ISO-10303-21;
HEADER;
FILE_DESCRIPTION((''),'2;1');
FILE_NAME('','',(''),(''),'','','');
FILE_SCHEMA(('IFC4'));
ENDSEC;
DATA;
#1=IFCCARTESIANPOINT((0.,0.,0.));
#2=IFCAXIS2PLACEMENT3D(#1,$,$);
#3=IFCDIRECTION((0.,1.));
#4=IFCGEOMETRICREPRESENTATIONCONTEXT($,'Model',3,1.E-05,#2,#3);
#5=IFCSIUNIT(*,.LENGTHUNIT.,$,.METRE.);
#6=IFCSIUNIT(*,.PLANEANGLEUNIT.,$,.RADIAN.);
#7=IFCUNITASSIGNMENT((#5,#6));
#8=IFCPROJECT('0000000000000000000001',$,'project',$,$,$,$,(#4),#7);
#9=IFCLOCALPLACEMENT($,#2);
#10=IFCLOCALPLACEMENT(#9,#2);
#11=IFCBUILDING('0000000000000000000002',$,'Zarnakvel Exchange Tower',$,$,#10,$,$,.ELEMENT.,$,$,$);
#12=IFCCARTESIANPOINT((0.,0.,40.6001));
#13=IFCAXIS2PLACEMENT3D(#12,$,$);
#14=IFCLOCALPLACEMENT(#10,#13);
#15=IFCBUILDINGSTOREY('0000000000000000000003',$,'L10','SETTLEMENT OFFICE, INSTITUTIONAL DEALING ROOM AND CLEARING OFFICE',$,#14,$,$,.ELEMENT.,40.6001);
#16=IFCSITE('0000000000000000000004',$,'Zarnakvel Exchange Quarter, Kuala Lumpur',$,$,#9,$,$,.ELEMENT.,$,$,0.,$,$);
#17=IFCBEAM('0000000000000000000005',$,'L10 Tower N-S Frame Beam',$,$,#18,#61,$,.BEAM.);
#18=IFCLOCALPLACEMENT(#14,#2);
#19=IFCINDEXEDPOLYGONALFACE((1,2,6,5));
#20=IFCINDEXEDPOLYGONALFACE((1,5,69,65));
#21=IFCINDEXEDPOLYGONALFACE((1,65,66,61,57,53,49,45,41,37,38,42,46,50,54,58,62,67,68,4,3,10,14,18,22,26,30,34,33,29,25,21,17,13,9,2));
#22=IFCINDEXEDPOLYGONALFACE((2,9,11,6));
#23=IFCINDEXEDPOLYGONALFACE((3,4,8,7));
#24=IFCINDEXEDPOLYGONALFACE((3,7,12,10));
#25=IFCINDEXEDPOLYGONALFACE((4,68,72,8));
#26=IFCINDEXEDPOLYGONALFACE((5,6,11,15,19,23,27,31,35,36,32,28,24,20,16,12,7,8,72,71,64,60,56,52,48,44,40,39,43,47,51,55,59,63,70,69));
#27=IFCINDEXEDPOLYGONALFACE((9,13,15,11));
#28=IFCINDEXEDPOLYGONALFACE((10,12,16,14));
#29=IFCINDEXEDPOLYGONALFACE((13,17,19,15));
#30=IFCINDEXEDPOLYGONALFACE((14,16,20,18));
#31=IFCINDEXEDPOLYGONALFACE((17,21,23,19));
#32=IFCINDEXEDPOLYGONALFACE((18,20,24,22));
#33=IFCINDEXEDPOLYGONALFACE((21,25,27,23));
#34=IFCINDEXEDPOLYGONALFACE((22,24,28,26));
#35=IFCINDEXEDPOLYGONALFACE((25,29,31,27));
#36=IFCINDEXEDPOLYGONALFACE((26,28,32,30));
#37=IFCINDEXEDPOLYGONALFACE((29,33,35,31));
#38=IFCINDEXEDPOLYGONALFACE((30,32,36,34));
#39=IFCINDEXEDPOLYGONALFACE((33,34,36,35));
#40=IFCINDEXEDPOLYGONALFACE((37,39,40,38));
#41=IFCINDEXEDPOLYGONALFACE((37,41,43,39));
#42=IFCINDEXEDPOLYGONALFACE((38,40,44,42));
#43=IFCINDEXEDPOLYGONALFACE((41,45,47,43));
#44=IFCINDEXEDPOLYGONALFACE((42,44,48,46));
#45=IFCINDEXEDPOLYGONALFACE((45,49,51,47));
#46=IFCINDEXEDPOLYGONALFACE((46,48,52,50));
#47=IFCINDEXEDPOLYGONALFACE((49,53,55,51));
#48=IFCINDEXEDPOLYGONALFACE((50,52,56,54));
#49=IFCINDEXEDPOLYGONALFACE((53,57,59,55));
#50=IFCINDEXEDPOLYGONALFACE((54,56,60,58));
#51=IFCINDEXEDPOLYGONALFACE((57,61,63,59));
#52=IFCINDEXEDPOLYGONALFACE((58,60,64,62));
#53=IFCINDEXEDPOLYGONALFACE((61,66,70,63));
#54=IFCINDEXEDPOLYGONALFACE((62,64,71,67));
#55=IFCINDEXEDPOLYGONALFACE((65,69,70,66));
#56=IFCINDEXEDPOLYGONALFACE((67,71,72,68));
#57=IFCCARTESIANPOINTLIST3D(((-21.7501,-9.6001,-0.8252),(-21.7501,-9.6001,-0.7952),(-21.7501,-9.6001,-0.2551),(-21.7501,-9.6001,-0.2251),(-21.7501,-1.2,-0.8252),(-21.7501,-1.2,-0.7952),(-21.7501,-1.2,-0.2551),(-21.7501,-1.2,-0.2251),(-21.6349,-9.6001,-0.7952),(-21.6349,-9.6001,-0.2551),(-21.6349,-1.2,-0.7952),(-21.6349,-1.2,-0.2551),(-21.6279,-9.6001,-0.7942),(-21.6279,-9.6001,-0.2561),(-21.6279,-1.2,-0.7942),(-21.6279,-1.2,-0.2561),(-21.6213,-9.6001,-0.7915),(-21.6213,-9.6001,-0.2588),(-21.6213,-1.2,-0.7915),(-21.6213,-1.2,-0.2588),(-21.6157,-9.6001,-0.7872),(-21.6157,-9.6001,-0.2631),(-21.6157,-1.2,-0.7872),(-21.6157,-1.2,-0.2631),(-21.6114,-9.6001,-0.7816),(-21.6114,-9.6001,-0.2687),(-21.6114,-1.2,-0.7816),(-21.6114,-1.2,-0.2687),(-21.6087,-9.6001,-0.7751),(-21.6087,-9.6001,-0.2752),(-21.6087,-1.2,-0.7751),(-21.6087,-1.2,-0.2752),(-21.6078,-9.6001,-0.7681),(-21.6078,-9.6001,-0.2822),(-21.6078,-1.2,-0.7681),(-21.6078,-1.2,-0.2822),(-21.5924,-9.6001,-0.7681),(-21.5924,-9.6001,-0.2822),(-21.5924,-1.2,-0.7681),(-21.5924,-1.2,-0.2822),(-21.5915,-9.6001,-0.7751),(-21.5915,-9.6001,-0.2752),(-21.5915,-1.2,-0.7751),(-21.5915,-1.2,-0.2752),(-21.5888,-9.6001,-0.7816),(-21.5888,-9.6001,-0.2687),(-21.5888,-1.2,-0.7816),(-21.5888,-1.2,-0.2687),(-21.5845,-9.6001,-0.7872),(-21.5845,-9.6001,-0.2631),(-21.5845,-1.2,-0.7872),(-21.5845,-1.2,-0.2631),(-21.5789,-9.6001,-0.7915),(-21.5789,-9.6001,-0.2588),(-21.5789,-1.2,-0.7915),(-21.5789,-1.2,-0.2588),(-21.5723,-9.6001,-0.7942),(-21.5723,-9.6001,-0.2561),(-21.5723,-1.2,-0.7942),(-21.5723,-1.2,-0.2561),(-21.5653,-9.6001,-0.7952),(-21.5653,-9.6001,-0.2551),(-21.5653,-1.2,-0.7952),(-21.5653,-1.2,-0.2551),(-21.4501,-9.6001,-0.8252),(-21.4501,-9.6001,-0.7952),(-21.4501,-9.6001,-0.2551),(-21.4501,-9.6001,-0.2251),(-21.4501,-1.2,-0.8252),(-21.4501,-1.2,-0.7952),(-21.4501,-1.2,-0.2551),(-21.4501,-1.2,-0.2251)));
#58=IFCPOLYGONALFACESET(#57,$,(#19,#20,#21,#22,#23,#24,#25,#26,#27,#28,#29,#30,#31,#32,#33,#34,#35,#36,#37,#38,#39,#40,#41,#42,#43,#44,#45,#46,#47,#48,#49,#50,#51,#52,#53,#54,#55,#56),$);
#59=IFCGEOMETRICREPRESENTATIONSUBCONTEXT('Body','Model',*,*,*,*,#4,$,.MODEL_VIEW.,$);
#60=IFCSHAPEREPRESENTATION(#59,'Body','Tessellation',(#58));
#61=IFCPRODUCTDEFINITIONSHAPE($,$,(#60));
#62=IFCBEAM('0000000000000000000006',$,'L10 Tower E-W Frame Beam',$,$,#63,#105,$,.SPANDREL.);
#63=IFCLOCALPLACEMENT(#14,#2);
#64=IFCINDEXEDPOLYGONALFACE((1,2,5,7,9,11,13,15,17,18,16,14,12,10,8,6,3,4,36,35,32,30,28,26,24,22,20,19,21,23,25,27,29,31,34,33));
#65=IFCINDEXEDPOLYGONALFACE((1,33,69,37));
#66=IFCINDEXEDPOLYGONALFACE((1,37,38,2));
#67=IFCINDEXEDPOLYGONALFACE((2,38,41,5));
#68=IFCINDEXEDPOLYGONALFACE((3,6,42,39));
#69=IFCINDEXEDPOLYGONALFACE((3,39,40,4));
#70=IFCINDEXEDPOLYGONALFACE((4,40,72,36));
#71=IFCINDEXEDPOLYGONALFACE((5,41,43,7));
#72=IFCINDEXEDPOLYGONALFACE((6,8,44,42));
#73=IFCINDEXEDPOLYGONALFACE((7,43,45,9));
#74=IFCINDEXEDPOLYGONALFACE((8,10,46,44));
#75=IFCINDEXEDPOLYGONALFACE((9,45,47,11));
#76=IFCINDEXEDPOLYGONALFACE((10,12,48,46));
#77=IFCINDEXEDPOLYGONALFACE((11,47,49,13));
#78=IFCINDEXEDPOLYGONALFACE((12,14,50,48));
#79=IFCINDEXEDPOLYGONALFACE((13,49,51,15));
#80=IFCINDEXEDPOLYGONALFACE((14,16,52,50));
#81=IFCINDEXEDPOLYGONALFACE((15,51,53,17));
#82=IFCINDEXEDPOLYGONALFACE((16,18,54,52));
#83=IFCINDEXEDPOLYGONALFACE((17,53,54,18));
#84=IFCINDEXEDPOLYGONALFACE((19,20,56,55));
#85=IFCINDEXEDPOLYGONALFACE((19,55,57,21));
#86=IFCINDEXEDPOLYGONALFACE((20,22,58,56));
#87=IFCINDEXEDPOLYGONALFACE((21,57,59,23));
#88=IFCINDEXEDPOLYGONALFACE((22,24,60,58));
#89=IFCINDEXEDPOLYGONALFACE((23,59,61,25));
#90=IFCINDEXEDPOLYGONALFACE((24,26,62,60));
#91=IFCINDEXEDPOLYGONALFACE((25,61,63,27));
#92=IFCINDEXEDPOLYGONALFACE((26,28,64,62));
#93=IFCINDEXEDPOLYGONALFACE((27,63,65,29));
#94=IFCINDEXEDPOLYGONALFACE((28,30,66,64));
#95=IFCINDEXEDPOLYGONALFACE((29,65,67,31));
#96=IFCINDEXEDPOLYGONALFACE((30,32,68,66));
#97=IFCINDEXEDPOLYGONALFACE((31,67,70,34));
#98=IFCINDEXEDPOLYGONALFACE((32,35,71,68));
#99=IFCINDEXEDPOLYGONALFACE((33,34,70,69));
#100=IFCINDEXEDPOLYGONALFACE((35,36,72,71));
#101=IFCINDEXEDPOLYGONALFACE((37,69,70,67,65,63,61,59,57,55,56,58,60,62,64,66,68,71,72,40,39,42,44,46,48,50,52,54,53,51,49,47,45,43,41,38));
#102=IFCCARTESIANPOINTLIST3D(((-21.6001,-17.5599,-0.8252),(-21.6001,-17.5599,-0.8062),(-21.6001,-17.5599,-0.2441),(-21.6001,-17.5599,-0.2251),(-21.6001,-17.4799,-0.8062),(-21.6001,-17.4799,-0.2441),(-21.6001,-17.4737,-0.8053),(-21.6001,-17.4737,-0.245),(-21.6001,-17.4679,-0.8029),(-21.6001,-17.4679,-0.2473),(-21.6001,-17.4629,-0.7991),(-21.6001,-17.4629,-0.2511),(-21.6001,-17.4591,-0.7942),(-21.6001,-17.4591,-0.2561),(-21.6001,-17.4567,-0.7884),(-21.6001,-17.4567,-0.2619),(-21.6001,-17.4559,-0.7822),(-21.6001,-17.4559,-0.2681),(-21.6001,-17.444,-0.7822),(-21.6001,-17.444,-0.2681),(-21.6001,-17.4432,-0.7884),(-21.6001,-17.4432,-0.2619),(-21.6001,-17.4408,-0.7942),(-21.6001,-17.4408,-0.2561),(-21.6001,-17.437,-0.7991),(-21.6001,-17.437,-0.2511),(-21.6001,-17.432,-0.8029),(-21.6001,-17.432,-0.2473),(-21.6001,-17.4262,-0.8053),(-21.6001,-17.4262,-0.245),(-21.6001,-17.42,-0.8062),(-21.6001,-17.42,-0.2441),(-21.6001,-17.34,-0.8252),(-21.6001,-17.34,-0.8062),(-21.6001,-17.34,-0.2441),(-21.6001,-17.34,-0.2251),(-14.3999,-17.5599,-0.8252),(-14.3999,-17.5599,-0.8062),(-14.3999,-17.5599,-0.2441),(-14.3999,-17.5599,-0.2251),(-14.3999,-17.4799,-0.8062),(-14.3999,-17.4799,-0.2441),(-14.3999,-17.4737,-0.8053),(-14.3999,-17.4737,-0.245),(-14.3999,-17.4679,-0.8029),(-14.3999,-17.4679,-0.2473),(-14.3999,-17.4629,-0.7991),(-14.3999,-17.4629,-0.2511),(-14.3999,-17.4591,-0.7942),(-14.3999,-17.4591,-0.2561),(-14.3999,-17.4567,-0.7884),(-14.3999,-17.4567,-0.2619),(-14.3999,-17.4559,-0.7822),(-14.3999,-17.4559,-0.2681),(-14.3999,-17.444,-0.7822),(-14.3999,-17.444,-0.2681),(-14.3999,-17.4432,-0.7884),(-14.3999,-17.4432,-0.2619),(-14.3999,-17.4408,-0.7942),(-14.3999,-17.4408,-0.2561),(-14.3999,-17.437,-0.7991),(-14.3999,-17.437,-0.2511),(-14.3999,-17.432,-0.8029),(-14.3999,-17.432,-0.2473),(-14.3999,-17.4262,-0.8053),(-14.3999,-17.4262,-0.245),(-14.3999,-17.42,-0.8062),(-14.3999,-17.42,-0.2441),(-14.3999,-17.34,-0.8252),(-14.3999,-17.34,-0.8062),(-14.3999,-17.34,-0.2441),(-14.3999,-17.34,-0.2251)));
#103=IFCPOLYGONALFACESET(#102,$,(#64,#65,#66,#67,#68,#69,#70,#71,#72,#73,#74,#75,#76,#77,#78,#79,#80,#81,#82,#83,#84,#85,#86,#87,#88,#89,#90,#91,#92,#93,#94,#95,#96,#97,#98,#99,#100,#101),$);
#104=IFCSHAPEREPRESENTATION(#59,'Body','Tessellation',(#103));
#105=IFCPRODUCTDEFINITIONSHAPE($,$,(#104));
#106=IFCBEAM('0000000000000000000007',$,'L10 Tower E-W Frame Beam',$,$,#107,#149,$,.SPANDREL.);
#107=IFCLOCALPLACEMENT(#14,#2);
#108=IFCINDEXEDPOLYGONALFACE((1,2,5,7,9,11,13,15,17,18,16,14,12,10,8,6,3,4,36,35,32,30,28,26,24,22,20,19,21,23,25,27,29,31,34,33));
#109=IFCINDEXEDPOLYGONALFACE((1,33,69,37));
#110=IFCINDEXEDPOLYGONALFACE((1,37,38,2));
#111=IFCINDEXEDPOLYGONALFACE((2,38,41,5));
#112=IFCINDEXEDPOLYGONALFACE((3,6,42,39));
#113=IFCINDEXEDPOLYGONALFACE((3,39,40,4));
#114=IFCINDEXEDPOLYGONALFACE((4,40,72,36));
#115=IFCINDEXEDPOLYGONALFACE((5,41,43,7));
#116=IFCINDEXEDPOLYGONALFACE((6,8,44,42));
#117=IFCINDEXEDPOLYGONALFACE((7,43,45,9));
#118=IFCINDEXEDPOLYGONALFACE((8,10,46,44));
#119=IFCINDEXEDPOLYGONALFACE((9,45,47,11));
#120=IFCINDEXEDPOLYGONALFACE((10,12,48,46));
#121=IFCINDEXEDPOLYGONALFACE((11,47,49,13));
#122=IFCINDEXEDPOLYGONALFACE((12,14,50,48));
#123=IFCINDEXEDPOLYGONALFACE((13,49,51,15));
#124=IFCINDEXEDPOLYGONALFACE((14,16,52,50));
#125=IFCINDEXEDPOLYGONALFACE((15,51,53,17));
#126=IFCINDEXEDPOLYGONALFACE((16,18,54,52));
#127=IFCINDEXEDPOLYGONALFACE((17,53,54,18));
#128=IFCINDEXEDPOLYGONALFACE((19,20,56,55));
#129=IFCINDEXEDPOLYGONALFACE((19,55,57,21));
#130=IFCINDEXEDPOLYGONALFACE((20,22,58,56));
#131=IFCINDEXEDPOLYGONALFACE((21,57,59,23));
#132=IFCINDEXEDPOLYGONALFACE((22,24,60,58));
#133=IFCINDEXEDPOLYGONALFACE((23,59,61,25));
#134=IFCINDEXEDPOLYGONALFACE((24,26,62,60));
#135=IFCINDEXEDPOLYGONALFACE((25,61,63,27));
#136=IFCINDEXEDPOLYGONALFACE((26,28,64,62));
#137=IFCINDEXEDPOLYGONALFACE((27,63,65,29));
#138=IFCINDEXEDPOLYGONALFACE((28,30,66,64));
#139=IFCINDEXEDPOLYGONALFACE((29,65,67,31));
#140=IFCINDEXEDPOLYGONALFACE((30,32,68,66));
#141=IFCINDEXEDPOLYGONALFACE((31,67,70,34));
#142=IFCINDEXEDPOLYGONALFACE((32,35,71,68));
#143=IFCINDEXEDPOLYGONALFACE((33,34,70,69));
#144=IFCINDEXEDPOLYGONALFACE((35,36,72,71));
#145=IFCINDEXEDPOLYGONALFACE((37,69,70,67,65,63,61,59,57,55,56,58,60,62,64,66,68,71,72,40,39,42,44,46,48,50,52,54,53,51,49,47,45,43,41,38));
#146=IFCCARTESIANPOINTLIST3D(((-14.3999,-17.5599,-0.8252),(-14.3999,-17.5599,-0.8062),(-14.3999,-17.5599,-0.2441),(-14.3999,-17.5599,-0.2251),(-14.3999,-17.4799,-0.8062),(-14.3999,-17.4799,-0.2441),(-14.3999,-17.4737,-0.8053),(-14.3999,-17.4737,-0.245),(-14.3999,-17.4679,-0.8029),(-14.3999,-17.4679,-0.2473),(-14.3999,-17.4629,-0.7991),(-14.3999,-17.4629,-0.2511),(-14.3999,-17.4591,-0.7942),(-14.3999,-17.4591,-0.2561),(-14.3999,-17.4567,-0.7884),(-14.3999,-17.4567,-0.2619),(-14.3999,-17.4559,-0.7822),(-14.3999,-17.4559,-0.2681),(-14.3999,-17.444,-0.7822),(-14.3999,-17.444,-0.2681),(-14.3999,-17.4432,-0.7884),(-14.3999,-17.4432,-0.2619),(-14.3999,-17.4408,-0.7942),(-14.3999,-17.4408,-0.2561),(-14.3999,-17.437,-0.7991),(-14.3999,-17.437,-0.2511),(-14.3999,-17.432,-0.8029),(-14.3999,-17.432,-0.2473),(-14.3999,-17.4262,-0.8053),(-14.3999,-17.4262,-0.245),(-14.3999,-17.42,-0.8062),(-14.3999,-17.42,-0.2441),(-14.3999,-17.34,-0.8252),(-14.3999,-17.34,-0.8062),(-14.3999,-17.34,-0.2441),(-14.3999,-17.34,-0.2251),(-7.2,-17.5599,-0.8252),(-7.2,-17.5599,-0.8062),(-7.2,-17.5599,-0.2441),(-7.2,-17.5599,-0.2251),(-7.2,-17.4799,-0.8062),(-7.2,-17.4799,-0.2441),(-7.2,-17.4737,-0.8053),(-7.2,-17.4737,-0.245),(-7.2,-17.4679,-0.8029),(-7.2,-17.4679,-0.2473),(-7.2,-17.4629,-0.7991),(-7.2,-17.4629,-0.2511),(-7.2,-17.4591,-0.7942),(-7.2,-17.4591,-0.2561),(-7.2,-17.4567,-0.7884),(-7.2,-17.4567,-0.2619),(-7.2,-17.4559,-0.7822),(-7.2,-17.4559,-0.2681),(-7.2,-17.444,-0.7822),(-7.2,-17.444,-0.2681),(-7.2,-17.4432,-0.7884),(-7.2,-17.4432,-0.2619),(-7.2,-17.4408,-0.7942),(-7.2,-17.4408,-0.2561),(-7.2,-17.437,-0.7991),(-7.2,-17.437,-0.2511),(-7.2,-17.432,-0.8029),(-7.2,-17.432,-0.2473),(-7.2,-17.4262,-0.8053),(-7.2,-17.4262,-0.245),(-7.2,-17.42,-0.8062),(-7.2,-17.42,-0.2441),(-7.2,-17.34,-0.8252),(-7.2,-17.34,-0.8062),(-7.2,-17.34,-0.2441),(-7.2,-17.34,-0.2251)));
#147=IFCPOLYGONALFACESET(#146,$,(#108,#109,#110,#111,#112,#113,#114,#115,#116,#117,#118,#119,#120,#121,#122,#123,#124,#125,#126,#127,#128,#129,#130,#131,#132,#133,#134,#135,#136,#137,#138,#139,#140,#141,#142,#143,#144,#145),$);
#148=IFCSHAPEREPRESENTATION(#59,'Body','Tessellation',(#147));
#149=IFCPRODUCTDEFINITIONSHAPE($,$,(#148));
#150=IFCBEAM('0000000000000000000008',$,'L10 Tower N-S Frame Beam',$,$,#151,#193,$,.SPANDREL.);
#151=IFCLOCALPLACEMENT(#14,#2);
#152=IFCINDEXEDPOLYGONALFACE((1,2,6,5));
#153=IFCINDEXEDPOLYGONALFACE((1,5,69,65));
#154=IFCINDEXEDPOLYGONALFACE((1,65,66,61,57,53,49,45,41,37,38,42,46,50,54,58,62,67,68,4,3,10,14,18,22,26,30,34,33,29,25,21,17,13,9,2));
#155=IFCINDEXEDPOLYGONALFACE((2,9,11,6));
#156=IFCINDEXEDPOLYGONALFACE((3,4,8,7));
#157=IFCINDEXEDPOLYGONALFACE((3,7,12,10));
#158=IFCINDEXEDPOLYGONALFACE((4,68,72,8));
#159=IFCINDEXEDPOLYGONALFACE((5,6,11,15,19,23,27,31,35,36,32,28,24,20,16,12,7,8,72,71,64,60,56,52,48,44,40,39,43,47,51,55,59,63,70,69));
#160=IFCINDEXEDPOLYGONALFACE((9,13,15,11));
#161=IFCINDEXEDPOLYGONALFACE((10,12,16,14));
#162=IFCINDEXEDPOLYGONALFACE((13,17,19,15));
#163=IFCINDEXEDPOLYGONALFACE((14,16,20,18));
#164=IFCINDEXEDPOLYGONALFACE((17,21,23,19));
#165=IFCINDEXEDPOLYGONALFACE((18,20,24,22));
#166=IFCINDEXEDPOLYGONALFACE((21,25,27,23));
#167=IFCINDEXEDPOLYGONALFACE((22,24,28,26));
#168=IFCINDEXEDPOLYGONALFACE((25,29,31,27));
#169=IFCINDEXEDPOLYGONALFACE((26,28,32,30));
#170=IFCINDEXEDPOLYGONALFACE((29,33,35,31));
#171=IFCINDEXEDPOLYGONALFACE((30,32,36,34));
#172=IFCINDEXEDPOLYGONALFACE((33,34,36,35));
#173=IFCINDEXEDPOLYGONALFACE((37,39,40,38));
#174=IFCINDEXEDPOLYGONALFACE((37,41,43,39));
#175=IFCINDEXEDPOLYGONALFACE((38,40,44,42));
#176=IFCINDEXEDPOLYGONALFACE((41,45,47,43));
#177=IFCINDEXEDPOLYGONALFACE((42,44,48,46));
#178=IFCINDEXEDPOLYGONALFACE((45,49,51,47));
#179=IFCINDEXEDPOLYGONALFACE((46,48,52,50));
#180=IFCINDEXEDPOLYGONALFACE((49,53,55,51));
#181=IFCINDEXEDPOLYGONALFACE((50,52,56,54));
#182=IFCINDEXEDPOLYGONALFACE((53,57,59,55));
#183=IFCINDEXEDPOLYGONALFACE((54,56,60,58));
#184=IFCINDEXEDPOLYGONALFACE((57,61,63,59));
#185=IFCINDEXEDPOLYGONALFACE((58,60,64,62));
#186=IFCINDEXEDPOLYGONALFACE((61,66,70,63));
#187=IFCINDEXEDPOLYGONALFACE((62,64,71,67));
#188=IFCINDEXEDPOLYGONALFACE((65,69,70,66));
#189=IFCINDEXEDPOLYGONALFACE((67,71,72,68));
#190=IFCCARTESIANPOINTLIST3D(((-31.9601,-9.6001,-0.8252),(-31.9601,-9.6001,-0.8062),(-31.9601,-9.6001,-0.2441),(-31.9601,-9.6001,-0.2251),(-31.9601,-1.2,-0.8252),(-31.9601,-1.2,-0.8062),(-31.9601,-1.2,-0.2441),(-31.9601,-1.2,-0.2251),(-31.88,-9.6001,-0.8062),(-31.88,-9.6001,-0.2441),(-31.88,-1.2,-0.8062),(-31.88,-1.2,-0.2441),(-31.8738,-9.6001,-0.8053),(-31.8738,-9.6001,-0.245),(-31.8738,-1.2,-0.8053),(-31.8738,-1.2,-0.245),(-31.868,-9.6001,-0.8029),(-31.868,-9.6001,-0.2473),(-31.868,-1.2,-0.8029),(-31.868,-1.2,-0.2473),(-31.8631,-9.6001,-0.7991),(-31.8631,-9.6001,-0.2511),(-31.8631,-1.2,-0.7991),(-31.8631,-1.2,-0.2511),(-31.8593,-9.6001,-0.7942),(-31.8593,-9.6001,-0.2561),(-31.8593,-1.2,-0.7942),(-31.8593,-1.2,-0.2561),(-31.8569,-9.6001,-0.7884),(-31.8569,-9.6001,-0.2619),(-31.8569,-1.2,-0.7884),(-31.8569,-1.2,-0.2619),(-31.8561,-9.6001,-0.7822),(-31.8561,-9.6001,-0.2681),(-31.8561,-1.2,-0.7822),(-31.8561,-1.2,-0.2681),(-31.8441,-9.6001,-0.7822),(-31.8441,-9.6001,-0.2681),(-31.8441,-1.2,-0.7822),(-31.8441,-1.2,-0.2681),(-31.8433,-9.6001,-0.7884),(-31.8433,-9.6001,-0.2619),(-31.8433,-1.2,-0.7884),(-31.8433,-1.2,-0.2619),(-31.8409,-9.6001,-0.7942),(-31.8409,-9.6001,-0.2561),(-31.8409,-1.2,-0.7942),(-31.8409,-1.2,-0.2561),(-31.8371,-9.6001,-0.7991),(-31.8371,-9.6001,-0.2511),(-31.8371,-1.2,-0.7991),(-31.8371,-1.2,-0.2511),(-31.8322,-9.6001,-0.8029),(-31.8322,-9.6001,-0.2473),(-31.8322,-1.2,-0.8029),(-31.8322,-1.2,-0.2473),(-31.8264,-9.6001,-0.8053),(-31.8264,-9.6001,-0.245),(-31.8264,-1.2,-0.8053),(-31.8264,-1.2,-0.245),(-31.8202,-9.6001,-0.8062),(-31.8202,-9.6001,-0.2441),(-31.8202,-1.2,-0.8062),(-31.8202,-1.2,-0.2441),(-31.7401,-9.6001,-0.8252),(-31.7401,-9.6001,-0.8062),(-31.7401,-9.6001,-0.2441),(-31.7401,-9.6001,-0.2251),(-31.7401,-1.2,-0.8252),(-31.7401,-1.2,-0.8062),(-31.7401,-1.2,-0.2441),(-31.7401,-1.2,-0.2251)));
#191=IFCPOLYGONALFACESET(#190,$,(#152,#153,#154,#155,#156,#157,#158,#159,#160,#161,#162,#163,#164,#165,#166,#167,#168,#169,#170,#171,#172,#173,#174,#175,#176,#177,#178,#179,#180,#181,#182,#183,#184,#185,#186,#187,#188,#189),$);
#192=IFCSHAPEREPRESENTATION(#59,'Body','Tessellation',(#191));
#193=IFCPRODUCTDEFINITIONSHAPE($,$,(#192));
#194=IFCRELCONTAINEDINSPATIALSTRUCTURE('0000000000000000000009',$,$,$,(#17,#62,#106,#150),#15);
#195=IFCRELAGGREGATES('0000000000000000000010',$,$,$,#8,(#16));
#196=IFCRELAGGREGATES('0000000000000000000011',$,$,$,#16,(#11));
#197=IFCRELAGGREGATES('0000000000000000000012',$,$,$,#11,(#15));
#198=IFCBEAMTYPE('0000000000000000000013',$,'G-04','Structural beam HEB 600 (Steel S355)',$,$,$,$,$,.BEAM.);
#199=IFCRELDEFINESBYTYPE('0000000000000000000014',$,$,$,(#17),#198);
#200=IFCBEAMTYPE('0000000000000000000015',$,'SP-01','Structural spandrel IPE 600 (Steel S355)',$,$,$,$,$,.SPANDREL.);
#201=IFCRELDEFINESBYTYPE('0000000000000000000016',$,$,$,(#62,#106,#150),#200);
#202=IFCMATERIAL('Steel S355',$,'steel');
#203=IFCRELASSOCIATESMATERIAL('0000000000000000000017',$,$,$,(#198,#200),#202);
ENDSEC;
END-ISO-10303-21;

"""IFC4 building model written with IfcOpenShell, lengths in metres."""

from ifc_helpers import new_model, si_unit, direction, frame, origin, origin_2d, place, context, subcontext, project, spatial, i_section, extrude, material, material_profile, profile_set, type_object, element, save


model = new_model("IFC4")

# Units and contexts
model_context = context("Model", 3, precision=1e-05, world=origin(), true_north=direction((0.0, 1.0)))
body_context = subcontext(model_context, "Body", "Model", "MODEL_VIEW")
ifc_project = project(units=[si_unit("LENGTHUNIT", "METRE"), si_unit("PLANEANGLEUNIT", "RADIAN")], contexts=[model_context])

# Site, building, storey
site_placement = place(None, origin())
site = spatial("IfcSite", under=ifc_project, at=site_placement, Name="Zarnakvel Exchange Quarter, Kuala Lumpur", CompositionType="ELEMENT", RefElevation=0.0)
building_placement = place(site_placement, origin())
building = spatial("IfcBuilding", under=site, at=building_placement, Name="Zarnakvel Exchange Tower", CompositionType="ELEMENT")
storey_placement = place(building_placement, frame((0.0, 0.0, 40.6001)))
storey = spatial("IfcBuildingStorey", under=building, at=storey_placement, Name="L10", Description="SETTLEMENT OFFICE, INSTITUTIONAL DEALING ROOM AND CLEARING OFFICE", CompositionType="ELEMENT", Elevation=40.6001)

# Shared definitions
ifc_material_1 = material(Name="Steel S355", Category="steel")

# Beams
ifc_material_profile_1 = material_profile(ifc_material_1, i_section(OverallWidth=0.3, OverallDepth=0.6001, WebThickness=0.0154, FlangeThickness=0.03, FilletRadius=0.0271, at=origin_2d()))
ifc_profile_set_1 = profile_set([ifc_material_profile_1], Name="Steel S355")
beam_type_1 = type_object("IfcBeamType", Name="G-04", Description="Structural beam HEB 600 (Steel S355)", PredefinedType="BEAM", material=ifc_profile_set_1)
beam_1_placement = place(storey_placement, frame((-21.6001, -9.6001, -0.5251), z_axis=(0.0, 1.0, 0.0), x_axis=(-1.0, 0.0, 0.0)))
element("IfcBeam", 1, at=beam_1_placement, inside=storey, type_object=beam_type_1, Name="L10 Tower N-S Frame Beam", PredefinedType="BEAM", context=body_context, shape_type="SweptSolid", body=[
    extrude(i_section(OverallWidth=0.3, OverallDepth=0.6001, WebThickness=0.0154, FlangeThickness=0.03, FilletRadius=0.0271, at=origin_2d()), origin(), (0.0, 0.0, 1.0), 8.4001),
])
ifc_material_profile_2 = material_profile(ifc_material_1, i_section(OverallWidth=0.22, OverallDepth=0.6001, WebThickness=0.012, FlangeThickness=0.019, FilletRadius=0.0239, at=origin_2d()))
ifc_profile_set_2 = profile_set([ifc_material_profile_2], Name="Steel S355")
beam_type_2 = type_object("IfcBeamType", Name="SP-01", Description="Structural spandrel IPE 600 (Steel S355)", PredefinedType="SPANDREL", material=ifc_profile_set_2)
beam_2_placement = place(storey_placement, frame((-21.6001, -17.45, -0.5251), z_axis=(1.0, 0.0, 0.0), x_axis=(0.0, 1.0, 0.0)))
element("IfcBeam", 2, at=beam_2_placement, inside=storey, type_object=beam_type_2, Name="L10 Tower E-W Frame Beam", PredefinedType="SPANDREL", context=body_context, shape_type="SweptSolid", body=[
    extrude(i_section(OverallWidth=0.22, OverallDepth=0.6001, WebThickness=0.012, FlangeThickness=0.019, FilletRadius=0.0239, at=origin_2d()), origin(), (0.0, 0.0, 1.0), 7.2002),
])
beam_3_placement = place(storey_placement, frame((-14.3999, -17.45, -0.5251), z_axis=(1.0, 0.0, 0.0), x_axis=(0.0, 1.0, 0.0)))
element("IfcBeam", 3, at=beam_3_placement, inside=storey, type_object=beam_type_2, Name="L10 Tower E-W Frame Beam", PredefinedType="SPANDREL", context=body_context, shape_type="SweptSolid", body=[
    extrude(i_section(OverallWidth=0.22, OverallDepth=0.6001, WebThickness=0.012, FlangeThickness=0.019, FilletRadius=0.0239, at=origin_2d()), origin(), (0.0, 0.0, 1.0), 7.2),
])
beam_4_placement = place(storey_placement, frame((-31.8501, -9.6001, -0.5251), z_axis=(0.0, 1.0, 0.0), x_axis=(-1.0, 0.0, 0.0)))
element("IfcBeam", 4, at=beam_4_placement, inside=storey, type_object=beam_type_2, Name="L10 Tower N-S Frame Beam", PredefinedType="SPANDREL", context=body_context, shape_type="SweptSolid", body=[
    extrude(i_section(OverallWidth=0.22, OverallDepth=0.6001, WebThickness=0.012, FlangeThickness=0.019, FilletRadius=0.0239, at=origin_2d()), origin(), (0.0, 0.0, 1.0), 8.4001),
])

save(model, "model.ifc")
